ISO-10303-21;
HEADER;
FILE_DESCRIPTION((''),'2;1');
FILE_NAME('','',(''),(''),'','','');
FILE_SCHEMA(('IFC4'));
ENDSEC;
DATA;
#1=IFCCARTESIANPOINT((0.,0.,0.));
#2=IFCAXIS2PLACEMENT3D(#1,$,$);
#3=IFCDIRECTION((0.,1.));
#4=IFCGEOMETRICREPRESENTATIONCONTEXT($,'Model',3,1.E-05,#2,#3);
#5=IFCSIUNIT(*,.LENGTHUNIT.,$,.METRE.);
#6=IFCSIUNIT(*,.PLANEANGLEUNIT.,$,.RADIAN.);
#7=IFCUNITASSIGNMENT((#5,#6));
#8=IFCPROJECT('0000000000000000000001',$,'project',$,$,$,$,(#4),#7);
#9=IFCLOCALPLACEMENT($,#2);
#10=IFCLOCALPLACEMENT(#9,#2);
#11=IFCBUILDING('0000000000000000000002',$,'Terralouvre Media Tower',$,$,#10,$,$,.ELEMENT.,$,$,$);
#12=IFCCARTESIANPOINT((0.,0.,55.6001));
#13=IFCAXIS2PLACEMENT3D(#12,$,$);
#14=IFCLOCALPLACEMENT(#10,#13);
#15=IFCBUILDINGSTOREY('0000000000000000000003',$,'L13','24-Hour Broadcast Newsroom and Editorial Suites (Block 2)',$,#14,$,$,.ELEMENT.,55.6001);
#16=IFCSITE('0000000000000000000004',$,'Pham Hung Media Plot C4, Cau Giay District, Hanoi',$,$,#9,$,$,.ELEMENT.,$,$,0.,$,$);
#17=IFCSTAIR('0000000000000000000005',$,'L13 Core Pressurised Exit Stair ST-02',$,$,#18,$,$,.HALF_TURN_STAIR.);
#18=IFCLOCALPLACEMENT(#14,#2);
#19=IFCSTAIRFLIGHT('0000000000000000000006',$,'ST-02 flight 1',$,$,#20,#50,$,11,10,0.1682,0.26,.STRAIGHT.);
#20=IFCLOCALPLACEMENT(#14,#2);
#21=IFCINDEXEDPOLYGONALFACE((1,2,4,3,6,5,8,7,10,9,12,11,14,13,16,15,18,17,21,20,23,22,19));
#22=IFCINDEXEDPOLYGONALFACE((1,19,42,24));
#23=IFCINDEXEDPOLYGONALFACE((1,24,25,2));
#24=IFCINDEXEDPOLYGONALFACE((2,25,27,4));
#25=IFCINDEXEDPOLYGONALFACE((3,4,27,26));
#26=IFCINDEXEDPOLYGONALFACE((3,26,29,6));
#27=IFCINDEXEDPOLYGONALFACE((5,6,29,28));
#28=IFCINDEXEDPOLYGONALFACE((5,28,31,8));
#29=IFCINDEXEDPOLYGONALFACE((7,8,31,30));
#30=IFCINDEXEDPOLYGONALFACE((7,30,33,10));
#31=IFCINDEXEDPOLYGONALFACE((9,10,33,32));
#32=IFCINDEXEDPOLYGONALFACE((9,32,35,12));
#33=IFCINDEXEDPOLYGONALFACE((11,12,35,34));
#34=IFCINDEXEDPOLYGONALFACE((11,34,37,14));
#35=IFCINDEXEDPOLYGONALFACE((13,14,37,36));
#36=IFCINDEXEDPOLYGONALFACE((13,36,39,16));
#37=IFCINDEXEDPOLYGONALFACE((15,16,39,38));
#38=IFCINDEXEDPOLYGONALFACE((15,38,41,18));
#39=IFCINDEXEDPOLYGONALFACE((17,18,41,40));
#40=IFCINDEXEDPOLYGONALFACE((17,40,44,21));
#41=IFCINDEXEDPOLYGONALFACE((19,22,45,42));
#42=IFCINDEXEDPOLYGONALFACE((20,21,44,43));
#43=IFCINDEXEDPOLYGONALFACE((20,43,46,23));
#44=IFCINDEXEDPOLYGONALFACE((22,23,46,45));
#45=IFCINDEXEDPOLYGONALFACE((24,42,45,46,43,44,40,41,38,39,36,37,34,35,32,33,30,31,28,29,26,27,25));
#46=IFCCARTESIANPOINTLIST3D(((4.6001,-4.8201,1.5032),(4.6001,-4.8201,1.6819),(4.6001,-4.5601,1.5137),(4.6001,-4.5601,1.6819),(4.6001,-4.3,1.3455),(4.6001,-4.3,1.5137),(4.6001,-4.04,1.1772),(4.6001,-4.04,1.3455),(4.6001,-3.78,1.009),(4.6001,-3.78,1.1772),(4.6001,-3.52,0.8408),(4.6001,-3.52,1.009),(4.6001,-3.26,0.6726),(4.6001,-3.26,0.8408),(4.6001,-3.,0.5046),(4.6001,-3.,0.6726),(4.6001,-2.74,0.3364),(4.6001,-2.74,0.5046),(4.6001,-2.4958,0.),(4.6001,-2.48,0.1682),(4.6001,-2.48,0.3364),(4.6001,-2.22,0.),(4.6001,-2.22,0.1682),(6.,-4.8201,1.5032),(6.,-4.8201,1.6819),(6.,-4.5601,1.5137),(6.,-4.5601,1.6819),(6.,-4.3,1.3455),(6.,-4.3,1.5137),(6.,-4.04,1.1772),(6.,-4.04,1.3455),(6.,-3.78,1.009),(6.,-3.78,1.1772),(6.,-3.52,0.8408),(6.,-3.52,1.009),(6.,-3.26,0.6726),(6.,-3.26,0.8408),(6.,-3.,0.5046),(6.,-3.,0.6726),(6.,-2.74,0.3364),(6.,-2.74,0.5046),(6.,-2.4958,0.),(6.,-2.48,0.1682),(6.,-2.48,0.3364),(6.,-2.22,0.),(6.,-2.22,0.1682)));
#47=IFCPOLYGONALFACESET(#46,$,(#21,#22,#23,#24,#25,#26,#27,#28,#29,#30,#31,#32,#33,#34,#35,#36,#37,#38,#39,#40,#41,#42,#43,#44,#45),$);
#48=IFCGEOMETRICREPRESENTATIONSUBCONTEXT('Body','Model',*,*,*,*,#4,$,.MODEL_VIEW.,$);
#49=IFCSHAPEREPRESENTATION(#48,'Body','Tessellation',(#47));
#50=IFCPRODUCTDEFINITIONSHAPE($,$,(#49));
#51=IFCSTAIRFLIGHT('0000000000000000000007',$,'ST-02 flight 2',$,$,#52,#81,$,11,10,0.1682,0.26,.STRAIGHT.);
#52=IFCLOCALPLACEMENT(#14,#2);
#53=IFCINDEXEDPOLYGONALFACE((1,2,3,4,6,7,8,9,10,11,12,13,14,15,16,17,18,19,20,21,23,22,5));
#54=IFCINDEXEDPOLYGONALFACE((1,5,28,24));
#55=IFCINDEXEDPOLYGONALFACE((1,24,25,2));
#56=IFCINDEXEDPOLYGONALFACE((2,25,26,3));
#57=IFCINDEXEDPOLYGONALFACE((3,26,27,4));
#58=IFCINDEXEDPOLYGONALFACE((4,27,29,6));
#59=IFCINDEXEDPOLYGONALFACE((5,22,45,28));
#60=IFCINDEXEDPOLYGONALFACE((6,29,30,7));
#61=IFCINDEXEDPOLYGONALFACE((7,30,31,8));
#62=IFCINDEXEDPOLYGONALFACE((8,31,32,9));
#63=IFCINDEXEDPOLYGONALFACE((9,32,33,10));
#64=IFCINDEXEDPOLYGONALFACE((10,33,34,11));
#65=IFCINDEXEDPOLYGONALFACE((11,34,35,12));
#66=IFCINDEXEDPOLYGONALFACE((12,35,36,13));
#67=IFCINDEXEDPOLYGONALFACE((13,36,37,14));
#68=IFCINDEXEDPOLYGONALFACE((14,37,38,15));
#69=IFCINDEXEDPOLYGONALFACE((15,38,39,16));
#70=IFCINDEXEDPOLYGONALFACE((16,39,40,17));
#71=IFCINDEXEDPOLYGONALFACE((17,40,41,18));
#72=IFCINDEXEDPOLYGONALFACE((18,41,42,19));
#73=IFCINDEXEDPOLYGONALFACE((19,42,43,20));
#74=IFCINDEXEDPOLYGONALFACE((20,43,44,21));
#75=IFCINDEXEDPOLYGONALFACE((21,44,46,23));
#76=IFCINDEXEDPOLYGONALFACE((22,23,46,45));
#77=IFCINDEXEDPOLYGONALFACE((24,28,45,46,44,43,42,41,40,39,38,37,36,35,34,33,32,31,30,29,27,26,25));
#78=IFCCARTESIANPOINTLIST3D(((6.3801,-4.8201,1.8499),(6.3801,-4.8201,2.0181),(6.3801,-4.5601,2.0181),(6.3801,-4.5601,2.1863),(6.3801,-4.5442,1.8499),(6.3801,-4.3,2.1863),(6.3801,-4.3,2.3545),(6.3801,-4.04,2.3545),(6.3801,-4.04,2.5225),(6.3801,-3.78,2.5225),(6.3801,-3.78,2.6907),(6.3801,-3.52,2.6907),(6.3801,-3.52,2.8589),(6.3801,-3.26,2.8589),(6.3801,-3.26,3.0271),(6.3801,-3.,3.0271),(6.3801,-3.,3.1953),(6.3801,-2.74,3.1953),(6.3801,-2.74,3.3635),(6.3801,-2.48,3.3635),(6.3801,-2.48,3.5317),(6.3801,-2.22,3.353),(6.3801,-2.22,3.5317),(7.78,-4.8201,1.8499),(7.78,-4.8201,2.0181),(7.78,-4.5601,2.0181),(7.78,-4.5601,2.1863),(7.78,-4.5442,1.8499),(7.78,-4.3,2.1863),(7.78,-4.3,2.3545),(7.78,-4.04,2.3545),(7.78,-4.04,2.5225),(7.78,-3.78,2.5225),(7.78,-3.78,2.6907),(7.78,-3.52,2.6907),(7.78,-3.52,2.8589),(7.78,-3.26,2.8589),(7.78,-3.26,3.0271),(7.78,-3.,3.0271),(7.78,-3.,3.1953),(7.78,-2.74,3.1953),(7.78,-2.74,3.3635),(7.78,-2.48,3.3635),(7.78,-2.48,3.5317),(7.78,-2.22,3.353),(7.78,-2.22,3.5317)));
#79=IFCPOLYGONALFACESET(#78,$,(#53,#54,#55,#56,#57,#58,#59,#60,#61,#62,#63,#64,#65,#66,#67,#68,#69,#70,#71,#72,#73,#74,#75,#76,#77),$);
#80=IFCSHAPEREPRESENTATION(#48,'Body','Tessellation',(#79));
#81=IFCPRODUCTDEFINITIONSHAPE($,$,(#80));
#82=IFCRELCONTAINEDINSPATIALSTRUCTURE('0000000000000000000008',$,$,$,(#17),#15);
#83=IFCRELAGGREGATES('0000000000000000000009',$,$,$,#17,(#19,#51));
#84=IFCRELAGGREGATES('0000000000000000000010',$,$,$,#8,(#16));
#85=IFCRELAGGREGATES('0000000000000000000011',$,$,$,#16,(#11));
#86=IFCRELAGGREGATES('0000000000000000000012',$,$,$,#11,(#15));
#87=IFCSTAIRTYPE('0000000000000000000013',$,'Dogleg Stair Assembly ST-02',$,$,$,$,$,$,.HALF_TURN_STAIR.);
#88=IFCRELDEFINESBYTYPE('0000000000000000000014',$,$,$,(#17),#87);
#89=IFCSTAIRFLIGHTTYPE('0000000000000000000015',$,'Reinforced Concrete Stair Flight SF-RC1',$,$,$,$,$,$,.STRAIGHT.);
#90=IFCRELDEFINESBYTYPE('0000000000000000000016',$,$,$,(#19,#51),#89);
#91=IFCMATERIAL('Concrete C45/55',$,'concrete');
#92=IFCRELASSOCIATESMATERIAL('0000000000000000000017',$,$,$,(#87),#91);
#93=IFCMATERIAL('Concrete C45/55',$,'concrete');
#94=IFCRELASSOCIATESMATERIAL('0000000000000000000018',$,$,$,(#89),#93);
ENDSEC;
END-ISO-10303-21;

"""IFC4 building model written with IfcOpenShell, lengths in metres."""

from ifc_helpers import new_model, si_unit, direction, frame, origin, place, context, subcontext, project, spatial, polyline, outline, extrude, material, type_object, element, aggregate, save


model = new_model("IFC4")

# Units and contexts
model_context = context("Model", 3, precision=1e-05, world=origin(), true_north=direction((0.0, 1.0)))
body_context = subcontext(model_context, "Body", "Model", "MODEL_VIEW")
ifc_project = project(units=[si_unit("LENGTHUNIT", "METRE"), si_unit("PLANEANGLEUNIT", "RADIAN")], contexts=[model_context])

# Site, building, storey
site_placement = place(None, origin())
site = spatial("IfcSite", under=ifc_project, at=site_placement, Name="Pham Hung Media Plot C4, Cau Giay District, Hanoi", CompositionType="ELEMENT", RefElevation=0.0)
building_placement = place(site_placement, origin())
building = spatial("IfcBuilding", under=site, at=building_placement, Name="Terralouvre Media Tower", CompositionType="ELEMENT")
storey_placement = place(building_placement, frame((0.0, 0.0, 55.6001)))
storey = spatial("IfcBuildingStorey", under=building, at=storey_placement, Name="L13", Description="24-Hour Broadcast Newsroom and Editorial Suites (Block 2)", CompositionType="ELEMENT", Elevation=55.6001)

# Stair, stair flights
ifc_material_1 = material(Name="Concrete C45/55", Category="concrete")
stair_type = type_object("IfcStairType", Name="Dogleg Stair Assembly ST-02", PredefinedType="HALF_TURN_STAIR", material=ifc_material_1)
stair_placement = place(storey_placement, origin())
stair = element("IfcStair", 1, at=stair_placement, inside=storey, type_object=stair_type, Name="L13 Core Pressurised Exit Stair ST-02", PredefinedType="HALF_TURN_STAIR")
ifc_material_2 = material(Name="Concrete C45/55", Category="concrete")
stair_flight_type = type_object("IfcStairFlightType", Name="Reinforced Concrete Stair Flight SF-RC1", PredefinedType="STRAIGHT", material=ifc_material_2)
stair_flight_1_placement = place(storey_placement, frame((5.3, -2.22, 0.0), z_axis=(0.0, 0.0, 1.0), x_axis=(0.0, -1.0, 0.0)))
stair_flight_1 = element("IfcStairFlight", 2, at=stair_flight_1_placement, type_object=stair_flight_type, Name="ST-02 flight 1", NumberOfRisers=11, NumberOfTreads=10, PredefinedType="STRAIGHT", RiserHeight=0.1682, TreadLength=0.26, context=body_context, shape_type="SweptSolid", body=[
    extrude(outline(polyline([(0.0, 0.0), (0.0, 0.1682), (0.26, 0.1682), (0.26, 0.3364), (0.52, 0.3364), (0.52, 0.5046), (0.78, 0.5046), (0.78, 0.6726), (1.04, 0.6726), (1.04, 0.8408), (1.3, 0.8408), (1.3, 1.009), (1.5601, 1.009), (1.5601, 1.1772), (1.8201, 1.1772), (1.8201, 1.3455), (2.0801, 1.3455), (2.0801, 1.5137), (2.3401, 1.5137), (2.3401, 1.6819), (2.6001, 1.6819), (2.6001, 1.8501), (2.6001, 1.5032), (0.2759, 0.0), (0.0, 0.0)])), frame((0.0, 0.7, 0.0), z_axis=(0.0, -1.0, 0.0), x_axis=(1.0, 0.0, 0.0)), (0.0, 0.0, 1.0), 1.3999),
])
stair_flight_2_placement = place(storey_placement, frame((7.0801, -4.8201, 1.8499), z_axis=(0.0, 0.0, 1.0), x_axis=(0.0, 1.0, 0.0)))
stair_flight_2 = element("IfcStairFlight", 3, at=stair_flight_2_placement, type_object=stair_flight_type, Name="ST-02 flight 2", NumberOfRisers=11, NumberOfTreads=10, PredefinedType="STRAIGHT", RiserHeight=0.1682, TreadLength=0.26, context=body_context, shape_type="SweptSolid", body=[
    extrude(outline(polyline([(0.0, 0.0), (0.0, 0.1682), (0.26, 0.1682), (0.26, 0.3364), (0.52, 0.3364), (0.52, 0.5046), (0.78, 0.5046), (0.78, 0.6726), (1.04, 0.6726), (1.04, 0.8408), (1.3, 0.8408), (1.3, 1.009), (1.5601, 1.009), (1.5601, 1.1772), (1.8201, 1.1772), (1.8201, 1.3455), (2.0801, 1.3455), (2.0801, 1.5137), (2.3401, 1.5137), (2.3401, 1.6819), (2.6001, 1.6819), (2.6001, 1.8501), (2.6001, 1.5032), (0.2759, 0.0), (0.0, 0.0)])), frame((0.0, 0.7, 0.0), z_axis=(0.0, -1.0, 0.0), x_axis=(1.0, 0.0, 0.0)), (0.0, 0.0, 1.0), 1.3999),
])
aggregate(stair, [stair_flight_1, stair_flight_2])

save(model, "model.ifc")
